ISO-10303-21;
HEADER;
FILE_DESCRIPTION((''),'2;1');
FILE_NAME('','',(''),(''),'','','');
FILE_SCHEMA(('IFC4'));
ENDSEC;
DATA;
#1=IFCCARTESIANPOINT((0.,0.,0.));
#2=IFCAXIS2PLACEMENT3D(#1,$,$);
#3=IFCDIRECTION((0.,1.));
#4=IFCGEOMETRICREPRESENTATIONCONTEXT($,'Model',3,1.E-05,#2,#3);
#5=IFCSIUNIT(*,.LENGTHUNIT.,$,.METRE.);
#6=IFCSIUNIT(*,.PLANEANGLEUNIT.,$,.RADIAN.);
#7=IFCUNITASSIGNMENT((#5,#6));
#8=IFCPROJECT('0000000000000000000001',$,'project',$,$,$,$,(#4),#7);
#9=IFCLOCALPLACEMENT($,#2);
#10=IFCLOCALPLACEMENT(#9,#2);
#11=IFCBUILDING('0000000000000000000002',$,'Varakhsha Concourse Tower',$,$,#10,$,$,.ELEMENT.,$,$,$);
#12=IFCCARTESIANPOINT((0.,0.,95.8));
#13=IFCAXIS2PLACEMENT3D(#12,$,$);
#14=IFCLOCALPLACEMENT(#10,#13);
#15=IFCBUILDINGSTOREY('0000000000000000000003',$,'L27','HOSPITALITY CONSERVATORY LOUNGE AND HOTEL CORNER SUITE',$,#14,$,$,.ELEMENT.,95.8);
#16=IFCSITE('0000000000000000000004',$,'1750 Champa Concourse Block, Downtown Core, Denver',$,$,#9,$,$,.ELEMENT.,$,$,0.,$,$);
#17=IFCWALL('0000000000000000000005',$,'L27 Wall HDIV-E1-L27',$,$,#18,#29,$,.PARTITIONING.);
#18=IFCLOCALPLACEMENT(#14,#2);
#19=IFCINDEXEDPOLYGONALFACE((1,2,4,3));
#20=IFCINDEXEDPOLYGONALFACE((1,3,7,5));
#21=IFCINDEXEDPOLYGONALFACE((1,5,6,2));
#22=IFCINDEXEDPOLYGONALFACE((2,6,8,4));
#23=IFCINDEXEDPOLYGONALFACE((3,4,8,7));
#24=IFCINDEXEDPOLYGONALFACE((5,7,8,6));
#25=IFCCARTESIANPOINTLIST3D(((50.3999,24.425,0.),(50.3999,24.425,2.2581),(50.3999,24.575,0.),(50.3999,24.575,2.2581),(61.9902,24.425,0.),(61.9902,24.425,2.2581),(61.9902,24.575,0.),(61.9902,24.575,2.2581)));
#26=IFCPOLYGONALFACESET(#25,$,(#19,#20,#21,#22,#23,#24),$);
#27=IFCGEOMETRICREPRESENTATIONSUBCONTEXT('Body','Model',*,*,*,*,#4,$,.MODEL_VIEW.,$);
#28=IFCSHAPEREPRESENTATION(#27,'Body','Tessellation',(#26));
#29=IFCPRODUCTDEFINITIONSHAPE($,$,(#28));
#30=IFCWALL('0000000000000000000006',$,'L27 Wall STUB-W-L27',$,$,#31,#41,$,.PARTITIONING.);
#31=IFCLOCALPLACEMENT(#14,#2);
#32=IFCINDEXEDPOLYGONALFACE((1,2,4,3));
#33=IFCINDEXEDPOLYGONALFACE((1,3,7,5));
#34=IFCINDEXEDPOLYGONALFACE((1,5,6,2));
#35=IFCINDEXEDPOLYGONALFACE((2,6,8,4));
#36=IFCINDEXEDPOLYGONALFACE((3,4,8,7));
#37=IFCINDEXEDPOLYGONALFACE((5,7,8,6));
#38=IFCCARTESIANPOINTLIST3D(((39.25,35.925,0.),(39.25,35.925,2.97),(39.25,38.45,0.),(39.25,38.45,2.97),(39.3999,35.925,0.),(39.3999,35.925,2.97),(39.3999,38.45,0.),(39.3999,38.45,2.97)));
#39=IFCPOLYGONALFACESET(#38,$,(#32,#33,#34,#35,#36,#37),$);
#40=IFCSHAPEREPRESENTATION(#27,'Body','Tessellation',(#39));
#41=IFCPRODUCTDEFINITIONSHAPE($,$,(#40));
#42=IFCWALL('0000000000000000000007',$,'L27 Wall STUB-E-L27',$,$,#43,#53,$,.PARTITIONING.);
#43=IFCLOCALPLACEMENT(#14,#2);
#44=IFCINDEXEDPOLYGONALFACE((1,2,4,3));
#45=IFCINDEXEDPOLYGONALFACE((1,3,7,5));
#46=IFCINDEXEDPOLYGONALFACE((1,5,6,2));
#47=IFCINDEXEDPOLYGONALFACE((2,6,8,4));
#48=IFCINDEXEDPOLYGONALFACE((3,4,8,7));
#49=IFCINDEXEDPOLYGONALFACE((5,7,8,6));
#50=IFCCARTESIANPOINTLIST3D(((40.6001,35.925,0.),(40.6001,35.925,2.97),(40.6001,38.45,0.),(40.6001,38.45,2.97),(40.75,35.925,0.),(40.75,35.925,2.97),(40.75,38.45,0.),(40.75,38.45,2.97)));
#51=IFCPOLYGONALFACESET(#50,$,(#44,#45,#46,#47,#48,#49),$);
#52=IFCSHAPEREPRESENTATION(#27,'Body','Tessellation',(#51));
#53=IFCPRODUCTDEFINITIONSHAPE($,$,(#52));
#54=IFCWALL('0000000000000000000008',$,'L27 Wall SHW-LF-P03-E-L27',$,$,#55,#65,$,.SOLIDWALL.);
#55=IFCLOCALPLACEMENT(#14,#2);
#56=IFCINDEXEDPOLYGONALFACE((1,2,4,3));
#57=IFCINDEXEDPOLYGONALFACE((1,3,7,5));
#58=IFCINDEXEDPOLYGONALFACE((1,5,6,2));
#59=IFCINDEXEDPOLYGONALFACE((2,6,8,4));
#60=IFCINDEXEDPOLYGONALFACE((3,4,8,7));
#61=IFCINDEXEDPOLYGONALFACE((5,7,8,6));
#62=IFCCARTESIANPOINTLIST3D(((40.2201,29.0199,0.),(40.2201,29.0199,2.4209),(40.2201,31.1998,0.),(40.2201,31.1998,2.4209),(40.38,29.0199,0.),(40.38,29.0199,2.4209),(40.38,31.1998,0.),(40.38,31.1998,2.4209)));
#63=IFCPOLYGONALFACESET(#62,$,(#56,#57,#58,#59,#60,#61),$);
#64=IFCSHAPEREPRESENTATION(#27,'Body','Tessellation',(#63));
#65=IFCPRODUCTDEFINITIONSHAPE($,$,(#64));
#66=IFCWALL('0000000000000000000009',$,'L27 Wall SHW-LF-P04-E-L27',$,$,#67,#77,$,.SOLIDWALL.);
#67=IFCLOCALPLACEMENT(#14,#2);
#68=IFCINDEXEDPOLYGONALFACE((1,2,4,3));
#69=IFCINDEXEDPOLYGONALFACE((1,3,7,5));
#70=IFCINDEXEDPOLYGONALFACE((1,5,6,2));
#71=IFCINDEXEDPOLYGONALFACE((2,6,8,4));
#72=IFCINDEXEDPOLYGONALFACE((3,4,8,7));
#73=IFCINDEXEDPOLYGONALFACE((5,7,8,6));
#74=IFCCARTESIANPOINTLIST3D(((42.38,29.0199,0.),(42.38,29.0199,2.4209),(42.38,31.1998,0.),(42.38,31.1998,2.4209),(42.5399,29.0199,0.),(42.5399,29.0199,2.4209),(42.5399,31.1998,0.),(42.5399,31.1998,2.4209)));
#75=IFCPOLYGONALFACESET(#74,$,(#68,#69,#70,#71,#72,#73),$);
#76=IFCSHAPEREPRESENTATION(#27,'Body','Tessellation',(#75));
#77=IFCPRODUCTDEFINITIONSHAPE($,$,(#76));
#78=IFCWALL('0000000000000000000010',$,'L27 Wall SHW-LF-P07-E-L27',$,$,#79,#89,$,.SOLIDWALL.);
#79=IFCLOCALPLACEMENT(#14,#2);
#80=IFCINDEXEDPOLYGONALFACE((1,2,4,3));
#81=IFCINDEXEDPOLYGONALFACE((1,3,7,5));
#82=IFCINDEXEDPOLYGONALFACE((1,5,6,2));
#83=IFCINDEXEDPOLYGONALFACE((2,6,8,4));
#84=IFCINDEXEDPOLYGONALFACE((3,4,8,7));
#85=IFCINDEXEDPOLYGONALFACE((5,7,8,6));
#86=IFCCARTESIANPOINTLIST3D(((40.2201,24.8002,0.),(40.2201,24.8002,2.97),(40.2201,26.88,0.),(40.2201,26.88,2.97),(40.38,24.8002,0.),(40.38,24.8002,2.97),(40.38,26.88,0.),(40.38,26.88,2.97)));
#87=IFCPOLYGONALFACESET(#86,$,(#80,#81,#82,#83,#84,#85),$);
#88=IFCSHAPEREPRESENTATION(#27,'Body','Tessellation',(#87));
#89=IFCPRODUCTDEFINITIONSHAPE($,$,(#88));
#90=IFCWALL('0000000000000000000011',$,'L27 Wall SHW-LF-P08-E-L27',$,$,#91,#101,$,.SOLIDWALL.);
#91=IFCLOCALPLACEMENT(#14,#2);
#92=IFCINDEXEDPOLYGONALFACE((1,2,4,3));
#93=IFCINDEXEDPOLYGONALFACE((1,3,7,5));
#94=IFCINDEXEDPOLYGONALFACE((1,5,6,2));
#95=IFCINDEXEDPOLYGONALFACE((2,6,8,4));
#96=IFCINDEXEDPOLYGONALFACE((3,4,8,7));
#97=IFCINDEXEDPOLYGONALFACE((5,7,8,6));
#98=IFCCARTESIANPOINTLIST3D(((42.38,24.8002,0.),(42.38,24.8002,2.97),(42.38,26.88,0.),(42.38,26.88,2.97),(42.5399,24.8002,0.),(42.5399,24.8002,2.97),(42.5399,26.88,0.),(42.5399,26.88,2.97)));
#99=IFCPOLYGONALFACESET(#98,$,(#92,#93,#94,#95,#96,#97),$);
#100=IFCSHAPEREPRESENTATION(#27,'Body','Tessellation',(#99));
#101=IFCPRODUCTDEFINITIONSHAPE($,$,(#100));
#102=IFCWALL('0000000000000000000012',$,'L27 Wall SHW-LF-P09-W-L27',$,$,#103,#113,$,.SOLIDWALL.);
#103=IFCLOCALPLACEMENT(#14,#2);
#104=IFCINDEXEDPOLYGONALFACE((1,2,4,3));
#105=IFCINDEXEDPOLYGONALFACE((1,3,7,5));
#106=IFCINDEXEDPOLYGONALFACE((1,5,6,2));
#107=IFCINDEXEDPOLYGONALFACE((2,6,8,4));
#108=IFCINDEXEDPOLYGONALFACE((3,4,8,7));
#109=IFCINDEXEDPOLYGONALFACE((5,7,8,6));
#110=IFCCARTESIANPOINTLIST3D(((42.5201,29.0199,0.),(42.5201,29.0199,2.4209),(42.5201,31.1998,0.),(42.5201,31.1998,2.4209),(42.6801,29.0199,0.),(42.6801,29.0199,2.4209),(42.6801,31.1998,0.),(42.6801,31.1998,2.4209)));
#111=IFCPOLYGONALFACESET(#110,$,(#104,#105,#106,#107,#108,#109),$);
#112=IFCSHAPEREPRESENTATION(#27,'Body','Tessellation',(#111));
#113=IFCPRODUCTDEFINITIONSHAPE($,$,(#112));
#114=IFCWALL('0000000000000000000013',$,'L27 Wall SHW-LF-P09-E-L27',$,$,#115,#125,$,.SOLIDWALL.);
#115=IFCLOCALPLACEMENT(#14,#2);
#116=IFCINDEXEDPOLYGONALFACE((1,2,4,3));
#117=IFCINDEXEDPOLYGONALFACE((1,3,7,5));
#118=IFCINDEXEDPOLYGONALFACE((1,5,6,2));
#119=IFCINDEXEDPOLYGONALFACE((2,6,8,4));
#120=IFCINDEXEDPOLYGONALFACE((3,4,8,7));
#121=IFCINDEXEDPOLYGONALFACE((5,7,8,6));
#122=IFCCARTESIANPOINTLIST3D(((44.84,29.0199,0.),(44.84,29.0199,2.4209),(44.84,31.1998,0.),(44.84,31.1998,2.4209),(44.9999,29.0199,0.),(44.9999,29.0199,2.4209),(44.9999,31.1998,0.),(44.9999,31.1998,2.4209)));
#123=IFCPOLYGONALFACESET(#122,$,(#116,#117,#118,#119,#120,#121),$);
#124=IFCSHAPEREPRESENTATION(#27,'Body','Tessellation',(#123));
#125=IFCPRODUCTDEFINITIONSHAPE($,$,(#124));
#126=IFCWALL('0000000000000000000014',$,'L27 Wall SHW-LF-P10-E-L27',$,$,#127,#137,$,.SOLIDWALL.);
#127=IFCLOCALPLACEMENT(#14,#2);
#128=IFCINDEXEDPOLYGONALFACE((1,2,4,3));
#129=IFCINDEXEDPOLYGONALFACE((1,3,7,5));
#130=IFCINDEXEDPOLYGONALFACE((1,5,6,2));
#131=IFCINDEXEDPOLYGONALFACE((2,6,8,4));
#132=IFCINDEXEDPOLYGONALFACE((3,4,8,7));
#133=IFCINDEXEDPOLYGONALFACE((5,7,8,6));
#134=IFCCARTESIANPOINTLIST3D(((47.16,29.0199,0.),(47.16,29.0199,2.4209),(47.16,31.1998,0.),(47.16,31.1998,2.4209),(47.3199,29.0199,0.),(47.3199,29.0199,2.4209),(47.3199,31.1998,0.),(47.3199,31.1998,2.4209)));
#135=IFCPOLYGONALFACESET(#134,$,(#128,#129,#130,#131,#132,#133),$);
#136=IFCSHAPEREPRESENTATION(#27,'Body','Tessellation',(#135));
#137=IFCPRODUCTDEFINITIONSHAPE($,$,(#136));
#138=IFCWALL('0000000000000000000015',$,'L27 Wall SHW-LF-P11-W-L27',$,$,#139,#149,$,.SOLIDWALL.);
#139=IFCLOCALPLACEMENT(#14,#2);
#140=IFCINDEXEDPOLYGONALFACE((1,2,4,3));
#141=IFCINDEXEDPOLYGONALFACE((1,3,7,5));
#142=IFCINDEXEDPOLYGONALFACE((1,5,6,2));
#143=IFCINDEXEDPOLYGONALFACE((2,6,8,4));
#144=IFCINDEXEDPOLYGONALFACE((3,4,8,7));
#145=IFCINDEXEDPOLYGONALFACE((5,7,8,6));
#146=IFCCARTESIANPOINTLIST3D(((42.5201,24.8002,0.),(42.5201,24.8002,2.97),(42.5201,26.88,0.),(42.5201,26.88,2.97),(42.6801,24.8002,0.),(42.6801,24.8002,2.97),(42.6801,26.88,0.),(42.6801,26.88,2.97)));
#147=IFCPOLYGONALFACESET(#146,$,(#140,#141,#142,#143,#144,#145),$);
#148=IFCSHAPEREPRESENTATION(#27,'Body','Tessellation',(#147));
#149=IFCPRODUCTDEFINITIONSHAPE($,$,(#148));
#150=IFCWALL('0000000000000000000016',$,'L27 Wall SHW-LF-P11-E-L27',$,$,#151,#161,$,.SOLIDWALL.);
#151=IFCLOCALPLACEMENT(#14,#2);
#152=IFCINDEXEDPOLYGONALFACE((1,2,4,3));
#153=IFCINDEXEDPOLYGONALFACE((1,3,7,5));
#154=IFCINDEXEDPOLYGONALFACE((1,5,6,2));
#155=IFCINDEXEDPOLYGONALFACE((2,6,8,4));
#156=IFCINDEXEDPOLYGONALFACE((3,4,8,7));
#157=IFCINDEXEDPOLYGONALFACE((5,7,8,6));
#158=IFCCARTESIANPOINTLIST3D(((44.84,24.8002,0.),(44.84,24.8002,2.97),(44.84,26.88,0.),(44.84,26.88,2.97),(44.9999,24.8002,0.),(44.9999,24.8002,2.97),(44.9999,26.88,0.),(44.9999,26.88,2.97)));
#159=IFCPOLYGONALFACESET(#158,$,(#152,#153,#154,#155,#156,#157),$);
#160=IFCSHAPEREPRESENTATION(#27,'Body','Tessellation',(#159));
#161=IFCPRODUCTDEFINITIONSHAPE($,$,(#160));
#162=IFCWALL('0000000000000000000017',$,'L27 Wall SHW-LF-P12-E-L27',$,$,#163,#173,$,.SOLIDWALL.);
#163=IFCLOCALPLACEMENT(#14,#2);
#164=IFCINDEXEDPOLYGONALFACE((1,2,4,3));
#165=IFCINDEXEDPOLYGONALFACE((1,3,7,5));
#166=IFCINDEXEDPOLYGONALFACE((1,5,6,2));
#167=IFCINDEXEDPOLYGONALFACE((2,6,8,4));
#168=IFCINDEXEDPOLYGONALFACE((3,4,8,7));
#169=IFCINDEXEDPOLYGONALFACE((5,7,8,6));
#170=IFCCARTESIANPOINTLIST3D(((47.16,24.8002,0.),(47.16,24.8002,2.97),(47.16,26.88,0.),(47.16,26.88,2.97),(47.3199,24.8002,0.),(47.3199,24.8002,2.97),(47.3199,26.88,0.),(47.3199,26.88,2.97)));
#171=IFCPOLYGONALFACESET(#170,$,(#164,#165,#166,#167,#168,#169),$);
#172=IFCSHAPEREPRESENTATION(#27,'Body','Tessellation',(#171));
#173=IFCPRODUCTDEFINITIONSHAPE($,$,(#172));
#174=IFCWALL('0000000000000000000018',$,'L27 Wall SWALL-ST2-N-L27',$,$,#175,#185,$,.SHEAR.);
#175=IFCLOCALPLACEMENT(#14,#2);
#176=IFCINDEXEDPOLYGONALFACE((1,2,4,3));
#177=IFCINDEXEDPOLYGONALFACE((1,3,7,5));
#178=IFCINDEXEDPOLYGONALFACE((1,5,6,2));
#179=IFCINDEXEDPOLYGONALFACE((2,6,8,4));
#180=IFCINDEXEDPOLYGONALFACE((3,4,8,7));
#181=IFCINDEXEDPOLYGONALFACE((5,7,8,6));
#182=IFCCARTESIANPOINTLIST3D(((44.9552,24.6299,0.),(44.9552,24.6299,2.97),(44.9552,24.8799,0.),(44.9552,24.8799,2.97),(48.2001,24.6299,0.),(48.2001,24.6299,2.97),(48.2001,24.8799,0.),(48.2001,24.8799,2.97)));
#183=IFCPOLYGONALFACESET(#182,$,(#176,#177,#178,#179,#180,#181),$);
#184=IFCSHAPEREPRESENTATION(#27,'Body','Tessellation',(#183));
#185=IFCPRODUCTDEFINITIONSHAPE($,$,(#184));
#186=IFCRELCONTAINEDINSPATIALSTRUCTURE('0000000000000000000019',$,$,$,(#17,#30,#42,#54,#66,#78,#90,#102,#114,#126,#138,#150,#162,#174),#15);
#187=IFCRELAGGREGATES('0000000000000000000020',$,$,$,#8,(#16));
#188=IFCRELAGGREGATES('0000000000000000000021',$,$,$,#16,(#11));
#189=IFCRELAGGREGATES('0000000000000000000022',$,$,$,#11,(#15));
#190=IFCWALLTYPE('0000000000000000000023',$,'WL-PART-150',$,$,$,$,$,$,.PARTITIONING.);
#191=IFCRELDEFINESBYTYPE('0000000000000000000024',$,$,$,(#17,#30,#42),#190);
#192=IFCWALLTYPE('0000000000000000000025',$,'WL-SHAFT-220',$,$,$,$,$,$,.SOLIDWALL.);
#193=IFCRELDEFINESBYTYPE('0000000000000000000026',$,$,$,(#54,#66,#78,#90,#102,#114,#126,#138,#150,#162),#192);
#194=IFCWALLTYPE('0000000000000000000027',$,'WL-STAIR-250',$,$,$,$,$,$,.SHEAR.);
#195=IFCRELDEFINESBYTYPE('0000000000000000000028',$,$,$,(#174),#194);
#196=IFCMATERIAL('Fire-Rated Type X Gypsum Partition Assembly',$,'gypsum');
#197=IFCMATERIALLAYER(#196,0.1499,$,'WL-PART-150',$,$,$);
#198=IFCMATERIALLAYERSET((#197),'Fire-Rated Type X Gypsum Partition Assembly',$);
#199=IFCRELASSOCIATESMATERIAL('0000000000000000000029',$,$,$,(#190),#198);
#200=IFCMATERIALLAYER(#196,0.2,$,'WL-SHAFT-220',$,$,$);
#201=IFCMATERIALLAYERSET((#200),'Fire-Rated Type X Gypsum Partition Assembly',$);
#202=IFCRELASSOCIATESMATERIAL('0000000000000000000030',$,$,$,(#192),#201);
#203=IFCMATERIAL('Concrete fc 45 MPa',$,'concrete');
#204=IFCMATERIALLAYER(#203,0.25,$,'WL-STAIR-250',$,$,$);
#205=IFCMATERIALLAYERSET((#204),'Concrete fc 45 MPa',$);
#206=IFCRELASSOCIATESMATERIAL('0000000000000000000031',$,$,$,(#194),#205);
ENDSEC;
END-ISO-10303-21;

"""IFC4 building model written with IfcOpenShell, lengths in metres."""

from ifc_helpers import new_model, si_unit, direction, frame, frame_2d, origin, place, context, subcontext, project, spatial, rectangle, extrude, material, layer, layer_set, type_object, element, save


model = new_model("IFC4")

# Units and contexts
model_context = context("Model", 3, precision=1e-05, world=origin(), true_north=direction((0.0, 1.0)))
body_context = subcontext(model_context, "Body", "Model", "MODEL_VIEW")
ifc_project = project(units=[si_unit("LENGTHUNIT", "METRE"), si_unit("PLANEANGLEUNIT", "RADIAN")], contexts=[model_context])

# Site, building, storey
site_placement = place(None, origin())
site = spatial("IfcSite", under=ifc_project, at=site_placement, Name="1750 Champa Concourse Block, Downtown Core, Denver", CompositionType="ELEMENT", RefElevation=0.0)
building_placement = place(site_placement, origin())
building = spatial("IfcBuilding", under=site, at=building_placement, Name="Varakhsha Concourse Tower", CompositionType="ELEMENT")
storey_placement = place(building_placement, frame((0.0, 0.0, 95.8)))
storey = spatial("IfcBuildingStorey", under=building, at=storey_placement, Name="L27", Description="HOSPITALITY CONSERVATORY LOUNGE AND HOTEL CORNER SUITE", CompositionType="ELEMENT", Elevation=95.8)

# Walls
ifc_material_1 = material(Name="Fire-Rated Type X Gypsum Partition Assembly", Category="gypsum")
ifc_layer_1 = layer(ifc_material_1, 0.1499, Name="WL-PART-150")
ifc_layer_set_1 = layer_set([ifc_layer_1], Name="Fire-Rated Type X Gypsum Partition Assembly")
wall_type_1 = type_object("IfcWallType", Name="WL-PART-150", PredefinedType="PARTITIONING", material=ifc_layer_set_1)
wall_1_placement = place(storey_placement, frame((50.3999, 24.5, 0.0), z_axis=(0.0, 0.0, 1.0), x_axis=(1.0, 0.0, 0.0)))
element("IfcWall", 1, at=wall_1_placement, inside=storey, type_object=wall_type_1, Name="L27 Wall HDIV-E1-L27", PredefinedType="PARTITIONING", context=body_context, shape_type="SweptSolid", body=[
    extrude(rectangle(XDim=11.5903, YDim=0.1499, at=frame_2d((5.7952, 0.0))), origin(), (0.0, 0.0, 1.0), 2.2581),
])
for number, where, z_axis, x_axis, name in (
    (2, (39.325, 35.925, 0.0), (0.0, 0.0, 1.0), (0.0, 1.0, 0.0), "L27 Wall STUB-W-L27"),
    (3, (40.675, 35.925, 0.0), (0.0, 0.0, 1.0), (0.0, 1.0, 0.0), "L27 Wall STUB-E-L27"),
):
    element("IfcWall", number, at=place(storey_placement, frame(where, z_axis=z_axis, x_axis=x_axis)), inside=storey, type_object=wall_type_1, Name=name, PredefinedType="PARTITIONING", context=body_context, shape_type="SweptSolid", body=[
        extrude(rectangle(XDim=2.5249, YDim=0.1499, at=frame_2d((1.2625, 0.0))), origin(), (0.0, 0.0, 1.0), 2.97),
    ])
ifc_layer_2 = layer(ifc_material_1, 0.2, Name="WL-SHAFT-220")
ifc_layer_set_2 = layer_set([ifc_layer_2], Name="Fire-Rated Type X Gypsum Partition Assembly")
wall_type_2 = type_object("IfcWallType", Name="WL-SHAFT-220", PredefinedType="SOLIDWALL", material=ifc_layer_set_2)
for number, where, z_axis, x_axis, name in (
    (4, (40.3, 29.02, 0.0), (0.0, 0.0, 1.0), (0.0, 1.0, 0.0), "L27 Wall SHW-LF-P03-E-L27"),
    (5, (42.46, 29.02, 0.0), (0.0, 0.0, 1.0), (0.0, 1.0, 0.0), "L27 Wall SHW-LF-P04-E-L27"),
):
    element("IfcWall", number, at=place(storey_placement, frame(where, z_axis=z_axis, x_axis=x_axis)), inside=storey, type_object=wall_type_2, Name=name, PredefinedType="SOLIDWALL", context=body_context, shape_type="SweptSolid", body=[
        extrude(rectangle(XDim=2.1799, YDim=0.1599, at=frame_2d((1.0898, 0.0))), origin(), (0.0, 0.0, 1.0), 2.4209),
    ])
for number, where, z_axis, x_axis, name in (
    (6, (40.3, 24.8, 0.0), (0.0, 0.0, 1.0), (0.0, 1.0, 0.0), "L27 Wall SHW-LF-P07-E-L27"),
    (7, (42.46, 24.8, 0.0), (0.0, 0.0, 1.0), (0.0, 1.0, 0.0), "L27 Wall SHW-LF-P08-E-L27"),
):
    element("IfcWall", number, at=place(storey_placement, frame(where, z_axis=z_axis, x_axis=x_axis)), inside=storey, type_object=wall_type_2, Name=name, PredefinedType="SOLIDWALL", context=body_context, shape_type="SweptSolid", body=[
        extrude(rectangle(XDim=2.0798, YDim=0.1599, at=frame_2d((1.04, 0.0))), origin(), (0.0, 0.0, 1.0), 2.97),
    ])
for number, where, z_axis, x_axis, name in (
    (8, (42.6001, 29.02, 0.0), (0.0, 0.0, 1.0), (0.0, 1.0, 0.0), "L27 Wall SHW-LF-P09-W-L27"),
    (9, (44.9199, 29.02, 0.0), (0.0, 0.0, 1.0), (0.0, 1.0, 0.0), "L27 Wall SHW-LF-P09-E-L27"),
    (10, (47.24, 29.02, 0.0), (0.0, 0.0, 1.0), (0.0, 1.0, 0.0), "L27 Wall SHW-LF-P10-E-L27"),
):
    element("IfcWall", number, at=place(storey_placement, frame(where, z_axis=z_axis, x_axis=x_axis)), inside=storey, type_object=wall_type_2, Name=name, PredefinedType="SOLIDWALL", context=body_context, shape_type="SweptSolid", body=[
        extrude(rectangle(XDim=2.1799, YDim=0.1599, at=frame_2d((1.0898, 0.0))), origin(), (0.0, 0.0, 1.0), 2.4209),
    ])
for number, where, z_axis, x_axis, name in (
    (11, (42.6001, 24.8, 0.0), (0.0, 0.0, 1.0), (0.0, 1.0, 0.0), "L27 Wall SHW-LF-P11-W-L27"),
    (12, (44.9199, 24.8, 0.0), (0.0, 0.0, 1.0), (0.0, 1.0, 0.0), "L27 Wall SHW-LF-P11-E-L27"),
    (13, (47.24, 24.8, 0.0), (0.0, 0.0, 1.0), (0.0, 1.0, 0.0), "L27 Wall SHW-LF-P12-E-L27"),
):
    element("IfcWall", number, at=place(storey_placement, frame(where, z_axis=z_axis, x_axis=x_axis)), inside=storey, type_object=wall_type_2, Name=name, PredefinedType="SOLIDWALL", context=body_context, shape_type="SweptSolid", body=[
        extrude(rectangle(XDim=2.0798, YDim=0.1599, at=frame_2d((1.04, 0.0))), origin(), (0.0, 0.0, 1.0), 2.97),
    ])
ifc_material_2 = material(Name="Concrete fc 45 MPa", Category="concrete")
ifc_layer_3 = layer(ifc_material_2, 0.25, Name="WL-STAIR-250")
ifc_layer_set_3 = layer_set([ifc_layer_3], Name="Concrete fc 45 MPa")
wall_type_3 = type_object("IfcWallType", Name="WL-STAIR-250", PredefinedType="SHEAR", material=ifc_layer_set_3)
wall_2_placement = place(storey_placement, frame((44.9551, 24.7549, 0.0), z_axis=(0.0, 0.0, 1.0), x_axis=(1.0, 0.0, 0.0)))
element("IfcWall", 14, at=wall_2_placement, inside=storey, type_object=wall_type_3, Name="L27 Wall SWALL-ST2-N-L27", PredefinedType="SHEAR", context=body_context, shape_type="SweptSolid", body=[
    extrude(rectangle(XDim=3.2449, YDim=0.25, at=frame_2d((1.6226, 0.0))), origin(), (0.0, 0.0, 1.0), 2.97),
])

save(model, "model.ifc")
